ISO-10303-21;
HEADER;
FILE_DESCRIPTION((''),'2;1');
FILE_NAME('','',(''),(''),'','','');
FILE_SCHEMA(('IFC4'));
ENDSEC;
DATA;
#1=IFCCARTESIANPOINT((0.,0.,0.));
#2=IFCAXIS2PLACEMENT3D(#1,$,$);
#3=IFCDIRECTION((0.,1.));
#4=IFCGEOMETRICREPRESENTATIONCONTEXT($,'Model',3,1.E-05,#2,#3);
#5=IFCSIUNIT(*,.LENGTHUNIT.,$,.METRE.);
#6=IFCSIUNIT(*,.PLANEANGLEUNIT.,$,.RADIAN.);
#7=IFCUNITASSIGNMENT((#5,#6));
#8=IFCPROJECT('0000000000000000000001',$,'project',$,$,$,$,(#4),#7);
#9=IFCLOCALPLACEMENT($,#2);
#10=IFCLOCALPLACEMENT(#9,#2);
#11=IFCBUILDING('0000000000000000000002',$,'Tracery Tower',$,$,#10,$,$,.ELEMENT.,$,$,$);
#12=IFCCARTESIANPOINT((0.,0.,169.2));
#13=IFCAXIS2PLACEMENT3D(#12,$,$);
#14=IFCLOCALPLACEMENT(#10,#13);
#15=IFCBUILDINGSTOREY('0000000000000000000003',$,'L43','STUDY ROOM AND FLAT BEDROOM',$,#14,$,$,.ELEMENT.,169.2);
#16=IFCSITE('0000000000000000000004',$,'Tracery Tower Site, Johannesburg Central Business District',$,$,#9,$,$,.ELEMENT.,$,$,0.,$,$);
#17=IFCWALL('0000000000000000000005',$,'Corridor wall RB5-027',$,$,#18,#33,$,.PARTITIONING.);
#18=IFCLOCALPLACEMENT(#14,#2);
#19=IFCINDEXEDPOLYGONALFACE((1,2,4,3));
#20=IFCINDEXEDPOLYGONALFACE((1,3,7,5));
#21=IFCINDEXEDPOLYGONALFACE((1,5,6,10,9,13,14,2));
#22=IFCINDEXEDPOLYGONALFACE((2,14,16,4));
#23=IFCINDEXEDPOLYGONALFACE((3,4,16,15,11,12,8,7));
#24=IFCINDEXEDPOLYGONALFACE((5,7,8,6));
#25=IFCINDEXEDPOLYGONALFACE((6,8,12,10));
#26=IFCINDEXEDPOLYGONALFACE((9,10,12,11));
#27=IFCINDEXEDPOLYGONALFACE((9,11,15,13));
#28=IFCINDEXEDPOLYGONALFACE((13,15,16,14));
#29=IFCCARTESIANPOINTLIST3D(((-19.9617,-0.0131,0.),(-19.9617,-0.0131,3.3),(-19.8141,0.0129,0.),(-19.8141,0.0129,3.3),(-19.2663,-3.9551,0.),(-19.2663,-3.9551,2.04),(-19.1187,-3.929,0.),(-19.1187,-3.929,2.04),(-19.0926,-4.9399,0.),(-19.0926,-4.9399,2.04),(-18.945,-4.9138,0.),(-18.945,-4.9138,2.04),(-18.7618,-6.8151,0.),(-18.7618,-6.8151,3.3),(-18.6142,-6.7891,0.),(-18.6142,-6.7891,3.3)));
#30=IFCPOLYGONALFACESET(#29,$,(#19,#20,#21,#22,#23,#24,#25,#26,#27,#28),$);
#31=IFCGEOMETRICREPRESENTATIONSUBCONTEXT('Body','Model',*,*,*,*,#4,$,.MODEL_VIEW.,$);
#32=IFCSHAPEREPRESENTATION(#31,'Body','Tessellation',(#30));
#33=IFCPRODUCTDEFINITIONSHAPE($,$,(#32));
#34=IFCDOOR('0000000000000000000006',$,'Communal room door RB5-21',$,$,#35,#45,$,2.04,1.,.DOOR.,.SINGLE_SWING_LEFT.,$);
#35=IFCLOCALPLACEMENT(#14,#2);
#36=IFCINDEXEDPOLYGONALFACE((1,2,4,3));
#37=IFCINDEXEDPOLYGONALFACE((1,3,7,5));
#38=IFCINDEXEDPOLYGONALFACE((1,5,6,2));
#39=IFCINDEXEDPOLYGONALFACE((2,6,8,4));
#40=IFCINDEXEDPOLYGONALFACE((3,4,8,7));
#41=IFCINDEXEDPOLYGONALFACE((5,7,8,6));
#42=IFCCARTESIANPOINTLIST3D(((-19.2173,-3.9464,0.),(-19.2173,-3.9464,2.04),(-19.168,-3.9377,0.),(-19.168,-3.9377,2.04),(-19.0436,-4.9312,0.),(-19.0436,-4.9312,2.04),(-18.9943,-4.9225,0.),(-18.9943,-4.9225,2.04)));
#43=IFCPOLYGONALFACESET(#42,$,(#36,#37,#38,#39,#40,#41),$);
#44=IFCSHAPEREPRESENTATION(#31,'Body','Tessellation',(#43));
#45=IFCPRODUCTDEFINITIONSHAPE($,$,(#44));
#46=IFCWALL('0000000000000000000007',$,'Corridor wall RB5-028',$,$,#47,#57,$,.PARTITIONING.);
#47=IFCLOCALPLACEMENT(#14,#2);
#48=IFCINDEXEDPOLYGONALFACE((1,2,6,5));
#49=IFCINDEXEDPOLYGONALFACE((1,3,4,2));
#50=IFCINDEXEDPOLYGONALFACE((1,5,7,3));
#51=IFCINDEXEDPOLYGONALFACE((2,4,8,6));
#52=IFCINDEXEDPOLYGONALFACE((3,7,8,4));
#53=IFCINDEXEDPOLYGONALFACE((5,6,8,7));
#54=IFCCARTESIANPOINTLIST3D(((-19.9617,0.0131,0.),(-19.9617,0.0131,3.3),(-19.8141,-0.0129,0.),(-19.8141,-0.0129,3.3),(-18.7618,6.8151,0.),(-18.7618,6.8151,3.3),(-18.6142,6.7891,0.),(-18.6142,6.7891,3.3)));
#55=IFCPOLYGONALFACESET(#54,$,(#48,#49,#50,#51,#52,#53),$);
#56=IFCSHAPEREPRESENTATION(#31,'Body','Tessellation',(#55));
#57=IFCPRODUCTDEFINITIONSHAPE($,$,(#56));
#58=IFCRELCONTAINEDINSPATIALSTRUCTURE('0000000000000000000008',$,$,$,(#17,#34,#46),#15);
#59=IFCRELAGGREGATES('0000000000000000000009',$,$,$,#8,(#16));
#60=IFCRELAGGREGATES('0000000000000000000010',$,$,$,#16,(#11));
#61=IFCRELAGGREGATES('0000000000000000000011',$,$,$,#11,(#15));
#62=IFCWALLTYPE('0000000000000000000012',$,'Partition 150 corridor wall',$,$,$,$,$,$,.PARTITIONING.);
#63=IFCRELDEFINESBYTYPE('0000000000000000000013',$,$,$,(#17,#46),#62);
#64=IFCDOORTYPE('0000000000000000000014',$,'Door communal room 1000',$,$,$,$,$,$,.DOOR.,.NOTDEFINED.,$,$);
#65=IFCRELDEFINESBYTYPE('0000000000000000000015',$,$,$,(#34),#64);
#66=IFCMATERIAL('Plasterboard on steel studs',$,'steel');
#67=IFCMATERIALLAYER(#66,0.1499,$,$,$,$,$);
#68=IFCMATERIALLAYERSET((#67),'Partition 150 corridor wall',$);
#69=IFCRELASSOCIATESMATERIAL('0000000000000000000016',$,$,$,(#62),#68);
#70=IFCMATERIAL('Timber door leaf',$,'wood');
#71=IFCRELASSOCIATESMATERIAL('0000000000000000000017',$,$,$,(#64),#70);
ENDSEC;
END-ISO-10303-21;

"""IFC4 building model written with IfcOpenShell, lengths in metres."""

from ifc_helpers import new_model, si_unit, direction, frame, frame_2d, origin, place, context, subcontext, project, spatial, rectangle, extrude, material, layer, layer_set, type_object, element, fill, save


model = new_model("IFC4")

# Units and contexts
model_context = context("Model", 3, precision=1e-05, world=origin(), true_north=direction((0.0, 1.0)))
body_context = subcontext(model_context, "Body", "Model", "MODEL_VIEW")
ifc_project = project(units=[si_unit("LENGTHUNIT", "METRE"), si_unit("PLANEANGLEUNIT", "RADIAN")], contexts=[model_context])

# Site, building, storey
site_placement = place(None, origin())
site = spatial("IfcSite", under=ifc_project, at=site_placement, Name="Tracery Tower Site, Johannesburg Central Business District", CompositionType="ELEMENT", RefElevation=0.0)
building_placement = place(site_placement, origin())
building = spatial("IfcBuilding", under=site, at=building_placement, Name="Tracery Tower", CompositionType="ELEMENT")
storey_placement = place(building_placement, frame((0.0, 0.0, 169.2)))
storey = spatial("IfcBuildingStorey", under=building, at=storey_placement, Name="L43", Description="STUDY ROOM AND FLAT BEDROOM", CompositionType="ELEMENT", Elevation=169.2)

# Shared definitions
ifc_material_1 = material(Name="Plasterboard on steel studs", Category="steel")
ifc_layer_1 = layer(ifc_material_1, 0.1499)
ifc_layer_set_1 = layer_set([ifc_layer_1], Name="Partition 150 corridor wall")
wall_type_1 = type_object("IfcWallType", Name="Partition 150 corridor wall", PredefinedType="PARTITIONING", material=ifc_layer_set_1)

# Wall, opening, door
ifc_material_2 = material(Name="Timber door leaf", Category="wood")
door_type_1 = type_object("IfcDoorType", Name="Door communal room 1000", OperationType="NOTDEFINED", PredefinedType="DOOR", material=ifc_material_2)
wall_1_placement = place(storey_placement, frame((-19.8879, 0.0, 0.0), z_axis=(0.0, 0.0, 1.0), x_axis=(0.173729, -0.984794, 0.0)))
wall_1 = element("IfcWall", 1, at=wall_1_placement, inside=storey, type_object=wall_type_1, Name="Corridor wall RB5-027", PredefinedType="PARTITIONING", context=body_context, shape_type="SweptSolid", body=[
    extrude(rectangle(XDim=6.907, YDim=0.1499, at=frame_2d((3.4536, 0.0))), origin(), (0.0, 0.0, 1.0), 3.3),
])
opening_1_placement = place(wall_1_placement, frame((4.0029, 0.0, 0.0)))
opening_1 = element("IfcOpeningElement", 2, at=opening_1_placement, cuts=wall_1, PredefinedType="OPENING", context=body_context, shape_type="SweptSolid", body=[
    extrude(rectangle(XDim=1.0, YDim=2.04, at=frame_2d((0.5, 1.02))), frame((0.0, 0.075, 0.0), z_axis=(0.0, -1.0, 0.0), x_axis=(1.0, 0.0, 0.0)), (0.0, 0.0, 1.0), 0.1499),
])
door_1_placement = place(opening_1_placement, origin())
door_1 = element("IfcDoor", 3, at=door_1_placement, inside=storey, type_object=door_type_1, Name="Communal room door RB5-21", OperationType="SINGLE_SWING_LEFT", OverallHeight=2.04, OverallWidth=1.0, PredefinedType="DOOR", context=body_context, shape_type="SweptSolid", body=[
    extrude(rectangle(XDim=1.0, YDim=2.04, at=frame_2d((0.5, 1.02))), frame((0.0, 0.0249, 0.0), z_axis=(0.0, -1.0, 0.0), x_axis=(1.0, 0.0, 0.0)), (0.0, 0.0, 1.0), 0.05),
])
fill(opening_1, door_1)

# Wall
wall_2_placement = place(storey_placement, frame((-19.8879, 0.0, 0.0), z_axis=(0.0, 0.0, 1.0), x_axis=(0.173729, 0.984794, 0.0)))
element("IfcWall", 4, at=wall_2_placement, inside=storey, type_object=wall_type_1, Name="Corridor wall RB5-028", PredefinedType="PARTITIONING", context=body_context, shape_type="SweptSolid", body=[
    extrude(rectangle(XDim=6.907, YDim=0.1499, at=frame_2d((3.4536, 0.0))), origin(), (0.0, 0.0, 1.0), 3.3),
])

save(model, "model.ifc")
